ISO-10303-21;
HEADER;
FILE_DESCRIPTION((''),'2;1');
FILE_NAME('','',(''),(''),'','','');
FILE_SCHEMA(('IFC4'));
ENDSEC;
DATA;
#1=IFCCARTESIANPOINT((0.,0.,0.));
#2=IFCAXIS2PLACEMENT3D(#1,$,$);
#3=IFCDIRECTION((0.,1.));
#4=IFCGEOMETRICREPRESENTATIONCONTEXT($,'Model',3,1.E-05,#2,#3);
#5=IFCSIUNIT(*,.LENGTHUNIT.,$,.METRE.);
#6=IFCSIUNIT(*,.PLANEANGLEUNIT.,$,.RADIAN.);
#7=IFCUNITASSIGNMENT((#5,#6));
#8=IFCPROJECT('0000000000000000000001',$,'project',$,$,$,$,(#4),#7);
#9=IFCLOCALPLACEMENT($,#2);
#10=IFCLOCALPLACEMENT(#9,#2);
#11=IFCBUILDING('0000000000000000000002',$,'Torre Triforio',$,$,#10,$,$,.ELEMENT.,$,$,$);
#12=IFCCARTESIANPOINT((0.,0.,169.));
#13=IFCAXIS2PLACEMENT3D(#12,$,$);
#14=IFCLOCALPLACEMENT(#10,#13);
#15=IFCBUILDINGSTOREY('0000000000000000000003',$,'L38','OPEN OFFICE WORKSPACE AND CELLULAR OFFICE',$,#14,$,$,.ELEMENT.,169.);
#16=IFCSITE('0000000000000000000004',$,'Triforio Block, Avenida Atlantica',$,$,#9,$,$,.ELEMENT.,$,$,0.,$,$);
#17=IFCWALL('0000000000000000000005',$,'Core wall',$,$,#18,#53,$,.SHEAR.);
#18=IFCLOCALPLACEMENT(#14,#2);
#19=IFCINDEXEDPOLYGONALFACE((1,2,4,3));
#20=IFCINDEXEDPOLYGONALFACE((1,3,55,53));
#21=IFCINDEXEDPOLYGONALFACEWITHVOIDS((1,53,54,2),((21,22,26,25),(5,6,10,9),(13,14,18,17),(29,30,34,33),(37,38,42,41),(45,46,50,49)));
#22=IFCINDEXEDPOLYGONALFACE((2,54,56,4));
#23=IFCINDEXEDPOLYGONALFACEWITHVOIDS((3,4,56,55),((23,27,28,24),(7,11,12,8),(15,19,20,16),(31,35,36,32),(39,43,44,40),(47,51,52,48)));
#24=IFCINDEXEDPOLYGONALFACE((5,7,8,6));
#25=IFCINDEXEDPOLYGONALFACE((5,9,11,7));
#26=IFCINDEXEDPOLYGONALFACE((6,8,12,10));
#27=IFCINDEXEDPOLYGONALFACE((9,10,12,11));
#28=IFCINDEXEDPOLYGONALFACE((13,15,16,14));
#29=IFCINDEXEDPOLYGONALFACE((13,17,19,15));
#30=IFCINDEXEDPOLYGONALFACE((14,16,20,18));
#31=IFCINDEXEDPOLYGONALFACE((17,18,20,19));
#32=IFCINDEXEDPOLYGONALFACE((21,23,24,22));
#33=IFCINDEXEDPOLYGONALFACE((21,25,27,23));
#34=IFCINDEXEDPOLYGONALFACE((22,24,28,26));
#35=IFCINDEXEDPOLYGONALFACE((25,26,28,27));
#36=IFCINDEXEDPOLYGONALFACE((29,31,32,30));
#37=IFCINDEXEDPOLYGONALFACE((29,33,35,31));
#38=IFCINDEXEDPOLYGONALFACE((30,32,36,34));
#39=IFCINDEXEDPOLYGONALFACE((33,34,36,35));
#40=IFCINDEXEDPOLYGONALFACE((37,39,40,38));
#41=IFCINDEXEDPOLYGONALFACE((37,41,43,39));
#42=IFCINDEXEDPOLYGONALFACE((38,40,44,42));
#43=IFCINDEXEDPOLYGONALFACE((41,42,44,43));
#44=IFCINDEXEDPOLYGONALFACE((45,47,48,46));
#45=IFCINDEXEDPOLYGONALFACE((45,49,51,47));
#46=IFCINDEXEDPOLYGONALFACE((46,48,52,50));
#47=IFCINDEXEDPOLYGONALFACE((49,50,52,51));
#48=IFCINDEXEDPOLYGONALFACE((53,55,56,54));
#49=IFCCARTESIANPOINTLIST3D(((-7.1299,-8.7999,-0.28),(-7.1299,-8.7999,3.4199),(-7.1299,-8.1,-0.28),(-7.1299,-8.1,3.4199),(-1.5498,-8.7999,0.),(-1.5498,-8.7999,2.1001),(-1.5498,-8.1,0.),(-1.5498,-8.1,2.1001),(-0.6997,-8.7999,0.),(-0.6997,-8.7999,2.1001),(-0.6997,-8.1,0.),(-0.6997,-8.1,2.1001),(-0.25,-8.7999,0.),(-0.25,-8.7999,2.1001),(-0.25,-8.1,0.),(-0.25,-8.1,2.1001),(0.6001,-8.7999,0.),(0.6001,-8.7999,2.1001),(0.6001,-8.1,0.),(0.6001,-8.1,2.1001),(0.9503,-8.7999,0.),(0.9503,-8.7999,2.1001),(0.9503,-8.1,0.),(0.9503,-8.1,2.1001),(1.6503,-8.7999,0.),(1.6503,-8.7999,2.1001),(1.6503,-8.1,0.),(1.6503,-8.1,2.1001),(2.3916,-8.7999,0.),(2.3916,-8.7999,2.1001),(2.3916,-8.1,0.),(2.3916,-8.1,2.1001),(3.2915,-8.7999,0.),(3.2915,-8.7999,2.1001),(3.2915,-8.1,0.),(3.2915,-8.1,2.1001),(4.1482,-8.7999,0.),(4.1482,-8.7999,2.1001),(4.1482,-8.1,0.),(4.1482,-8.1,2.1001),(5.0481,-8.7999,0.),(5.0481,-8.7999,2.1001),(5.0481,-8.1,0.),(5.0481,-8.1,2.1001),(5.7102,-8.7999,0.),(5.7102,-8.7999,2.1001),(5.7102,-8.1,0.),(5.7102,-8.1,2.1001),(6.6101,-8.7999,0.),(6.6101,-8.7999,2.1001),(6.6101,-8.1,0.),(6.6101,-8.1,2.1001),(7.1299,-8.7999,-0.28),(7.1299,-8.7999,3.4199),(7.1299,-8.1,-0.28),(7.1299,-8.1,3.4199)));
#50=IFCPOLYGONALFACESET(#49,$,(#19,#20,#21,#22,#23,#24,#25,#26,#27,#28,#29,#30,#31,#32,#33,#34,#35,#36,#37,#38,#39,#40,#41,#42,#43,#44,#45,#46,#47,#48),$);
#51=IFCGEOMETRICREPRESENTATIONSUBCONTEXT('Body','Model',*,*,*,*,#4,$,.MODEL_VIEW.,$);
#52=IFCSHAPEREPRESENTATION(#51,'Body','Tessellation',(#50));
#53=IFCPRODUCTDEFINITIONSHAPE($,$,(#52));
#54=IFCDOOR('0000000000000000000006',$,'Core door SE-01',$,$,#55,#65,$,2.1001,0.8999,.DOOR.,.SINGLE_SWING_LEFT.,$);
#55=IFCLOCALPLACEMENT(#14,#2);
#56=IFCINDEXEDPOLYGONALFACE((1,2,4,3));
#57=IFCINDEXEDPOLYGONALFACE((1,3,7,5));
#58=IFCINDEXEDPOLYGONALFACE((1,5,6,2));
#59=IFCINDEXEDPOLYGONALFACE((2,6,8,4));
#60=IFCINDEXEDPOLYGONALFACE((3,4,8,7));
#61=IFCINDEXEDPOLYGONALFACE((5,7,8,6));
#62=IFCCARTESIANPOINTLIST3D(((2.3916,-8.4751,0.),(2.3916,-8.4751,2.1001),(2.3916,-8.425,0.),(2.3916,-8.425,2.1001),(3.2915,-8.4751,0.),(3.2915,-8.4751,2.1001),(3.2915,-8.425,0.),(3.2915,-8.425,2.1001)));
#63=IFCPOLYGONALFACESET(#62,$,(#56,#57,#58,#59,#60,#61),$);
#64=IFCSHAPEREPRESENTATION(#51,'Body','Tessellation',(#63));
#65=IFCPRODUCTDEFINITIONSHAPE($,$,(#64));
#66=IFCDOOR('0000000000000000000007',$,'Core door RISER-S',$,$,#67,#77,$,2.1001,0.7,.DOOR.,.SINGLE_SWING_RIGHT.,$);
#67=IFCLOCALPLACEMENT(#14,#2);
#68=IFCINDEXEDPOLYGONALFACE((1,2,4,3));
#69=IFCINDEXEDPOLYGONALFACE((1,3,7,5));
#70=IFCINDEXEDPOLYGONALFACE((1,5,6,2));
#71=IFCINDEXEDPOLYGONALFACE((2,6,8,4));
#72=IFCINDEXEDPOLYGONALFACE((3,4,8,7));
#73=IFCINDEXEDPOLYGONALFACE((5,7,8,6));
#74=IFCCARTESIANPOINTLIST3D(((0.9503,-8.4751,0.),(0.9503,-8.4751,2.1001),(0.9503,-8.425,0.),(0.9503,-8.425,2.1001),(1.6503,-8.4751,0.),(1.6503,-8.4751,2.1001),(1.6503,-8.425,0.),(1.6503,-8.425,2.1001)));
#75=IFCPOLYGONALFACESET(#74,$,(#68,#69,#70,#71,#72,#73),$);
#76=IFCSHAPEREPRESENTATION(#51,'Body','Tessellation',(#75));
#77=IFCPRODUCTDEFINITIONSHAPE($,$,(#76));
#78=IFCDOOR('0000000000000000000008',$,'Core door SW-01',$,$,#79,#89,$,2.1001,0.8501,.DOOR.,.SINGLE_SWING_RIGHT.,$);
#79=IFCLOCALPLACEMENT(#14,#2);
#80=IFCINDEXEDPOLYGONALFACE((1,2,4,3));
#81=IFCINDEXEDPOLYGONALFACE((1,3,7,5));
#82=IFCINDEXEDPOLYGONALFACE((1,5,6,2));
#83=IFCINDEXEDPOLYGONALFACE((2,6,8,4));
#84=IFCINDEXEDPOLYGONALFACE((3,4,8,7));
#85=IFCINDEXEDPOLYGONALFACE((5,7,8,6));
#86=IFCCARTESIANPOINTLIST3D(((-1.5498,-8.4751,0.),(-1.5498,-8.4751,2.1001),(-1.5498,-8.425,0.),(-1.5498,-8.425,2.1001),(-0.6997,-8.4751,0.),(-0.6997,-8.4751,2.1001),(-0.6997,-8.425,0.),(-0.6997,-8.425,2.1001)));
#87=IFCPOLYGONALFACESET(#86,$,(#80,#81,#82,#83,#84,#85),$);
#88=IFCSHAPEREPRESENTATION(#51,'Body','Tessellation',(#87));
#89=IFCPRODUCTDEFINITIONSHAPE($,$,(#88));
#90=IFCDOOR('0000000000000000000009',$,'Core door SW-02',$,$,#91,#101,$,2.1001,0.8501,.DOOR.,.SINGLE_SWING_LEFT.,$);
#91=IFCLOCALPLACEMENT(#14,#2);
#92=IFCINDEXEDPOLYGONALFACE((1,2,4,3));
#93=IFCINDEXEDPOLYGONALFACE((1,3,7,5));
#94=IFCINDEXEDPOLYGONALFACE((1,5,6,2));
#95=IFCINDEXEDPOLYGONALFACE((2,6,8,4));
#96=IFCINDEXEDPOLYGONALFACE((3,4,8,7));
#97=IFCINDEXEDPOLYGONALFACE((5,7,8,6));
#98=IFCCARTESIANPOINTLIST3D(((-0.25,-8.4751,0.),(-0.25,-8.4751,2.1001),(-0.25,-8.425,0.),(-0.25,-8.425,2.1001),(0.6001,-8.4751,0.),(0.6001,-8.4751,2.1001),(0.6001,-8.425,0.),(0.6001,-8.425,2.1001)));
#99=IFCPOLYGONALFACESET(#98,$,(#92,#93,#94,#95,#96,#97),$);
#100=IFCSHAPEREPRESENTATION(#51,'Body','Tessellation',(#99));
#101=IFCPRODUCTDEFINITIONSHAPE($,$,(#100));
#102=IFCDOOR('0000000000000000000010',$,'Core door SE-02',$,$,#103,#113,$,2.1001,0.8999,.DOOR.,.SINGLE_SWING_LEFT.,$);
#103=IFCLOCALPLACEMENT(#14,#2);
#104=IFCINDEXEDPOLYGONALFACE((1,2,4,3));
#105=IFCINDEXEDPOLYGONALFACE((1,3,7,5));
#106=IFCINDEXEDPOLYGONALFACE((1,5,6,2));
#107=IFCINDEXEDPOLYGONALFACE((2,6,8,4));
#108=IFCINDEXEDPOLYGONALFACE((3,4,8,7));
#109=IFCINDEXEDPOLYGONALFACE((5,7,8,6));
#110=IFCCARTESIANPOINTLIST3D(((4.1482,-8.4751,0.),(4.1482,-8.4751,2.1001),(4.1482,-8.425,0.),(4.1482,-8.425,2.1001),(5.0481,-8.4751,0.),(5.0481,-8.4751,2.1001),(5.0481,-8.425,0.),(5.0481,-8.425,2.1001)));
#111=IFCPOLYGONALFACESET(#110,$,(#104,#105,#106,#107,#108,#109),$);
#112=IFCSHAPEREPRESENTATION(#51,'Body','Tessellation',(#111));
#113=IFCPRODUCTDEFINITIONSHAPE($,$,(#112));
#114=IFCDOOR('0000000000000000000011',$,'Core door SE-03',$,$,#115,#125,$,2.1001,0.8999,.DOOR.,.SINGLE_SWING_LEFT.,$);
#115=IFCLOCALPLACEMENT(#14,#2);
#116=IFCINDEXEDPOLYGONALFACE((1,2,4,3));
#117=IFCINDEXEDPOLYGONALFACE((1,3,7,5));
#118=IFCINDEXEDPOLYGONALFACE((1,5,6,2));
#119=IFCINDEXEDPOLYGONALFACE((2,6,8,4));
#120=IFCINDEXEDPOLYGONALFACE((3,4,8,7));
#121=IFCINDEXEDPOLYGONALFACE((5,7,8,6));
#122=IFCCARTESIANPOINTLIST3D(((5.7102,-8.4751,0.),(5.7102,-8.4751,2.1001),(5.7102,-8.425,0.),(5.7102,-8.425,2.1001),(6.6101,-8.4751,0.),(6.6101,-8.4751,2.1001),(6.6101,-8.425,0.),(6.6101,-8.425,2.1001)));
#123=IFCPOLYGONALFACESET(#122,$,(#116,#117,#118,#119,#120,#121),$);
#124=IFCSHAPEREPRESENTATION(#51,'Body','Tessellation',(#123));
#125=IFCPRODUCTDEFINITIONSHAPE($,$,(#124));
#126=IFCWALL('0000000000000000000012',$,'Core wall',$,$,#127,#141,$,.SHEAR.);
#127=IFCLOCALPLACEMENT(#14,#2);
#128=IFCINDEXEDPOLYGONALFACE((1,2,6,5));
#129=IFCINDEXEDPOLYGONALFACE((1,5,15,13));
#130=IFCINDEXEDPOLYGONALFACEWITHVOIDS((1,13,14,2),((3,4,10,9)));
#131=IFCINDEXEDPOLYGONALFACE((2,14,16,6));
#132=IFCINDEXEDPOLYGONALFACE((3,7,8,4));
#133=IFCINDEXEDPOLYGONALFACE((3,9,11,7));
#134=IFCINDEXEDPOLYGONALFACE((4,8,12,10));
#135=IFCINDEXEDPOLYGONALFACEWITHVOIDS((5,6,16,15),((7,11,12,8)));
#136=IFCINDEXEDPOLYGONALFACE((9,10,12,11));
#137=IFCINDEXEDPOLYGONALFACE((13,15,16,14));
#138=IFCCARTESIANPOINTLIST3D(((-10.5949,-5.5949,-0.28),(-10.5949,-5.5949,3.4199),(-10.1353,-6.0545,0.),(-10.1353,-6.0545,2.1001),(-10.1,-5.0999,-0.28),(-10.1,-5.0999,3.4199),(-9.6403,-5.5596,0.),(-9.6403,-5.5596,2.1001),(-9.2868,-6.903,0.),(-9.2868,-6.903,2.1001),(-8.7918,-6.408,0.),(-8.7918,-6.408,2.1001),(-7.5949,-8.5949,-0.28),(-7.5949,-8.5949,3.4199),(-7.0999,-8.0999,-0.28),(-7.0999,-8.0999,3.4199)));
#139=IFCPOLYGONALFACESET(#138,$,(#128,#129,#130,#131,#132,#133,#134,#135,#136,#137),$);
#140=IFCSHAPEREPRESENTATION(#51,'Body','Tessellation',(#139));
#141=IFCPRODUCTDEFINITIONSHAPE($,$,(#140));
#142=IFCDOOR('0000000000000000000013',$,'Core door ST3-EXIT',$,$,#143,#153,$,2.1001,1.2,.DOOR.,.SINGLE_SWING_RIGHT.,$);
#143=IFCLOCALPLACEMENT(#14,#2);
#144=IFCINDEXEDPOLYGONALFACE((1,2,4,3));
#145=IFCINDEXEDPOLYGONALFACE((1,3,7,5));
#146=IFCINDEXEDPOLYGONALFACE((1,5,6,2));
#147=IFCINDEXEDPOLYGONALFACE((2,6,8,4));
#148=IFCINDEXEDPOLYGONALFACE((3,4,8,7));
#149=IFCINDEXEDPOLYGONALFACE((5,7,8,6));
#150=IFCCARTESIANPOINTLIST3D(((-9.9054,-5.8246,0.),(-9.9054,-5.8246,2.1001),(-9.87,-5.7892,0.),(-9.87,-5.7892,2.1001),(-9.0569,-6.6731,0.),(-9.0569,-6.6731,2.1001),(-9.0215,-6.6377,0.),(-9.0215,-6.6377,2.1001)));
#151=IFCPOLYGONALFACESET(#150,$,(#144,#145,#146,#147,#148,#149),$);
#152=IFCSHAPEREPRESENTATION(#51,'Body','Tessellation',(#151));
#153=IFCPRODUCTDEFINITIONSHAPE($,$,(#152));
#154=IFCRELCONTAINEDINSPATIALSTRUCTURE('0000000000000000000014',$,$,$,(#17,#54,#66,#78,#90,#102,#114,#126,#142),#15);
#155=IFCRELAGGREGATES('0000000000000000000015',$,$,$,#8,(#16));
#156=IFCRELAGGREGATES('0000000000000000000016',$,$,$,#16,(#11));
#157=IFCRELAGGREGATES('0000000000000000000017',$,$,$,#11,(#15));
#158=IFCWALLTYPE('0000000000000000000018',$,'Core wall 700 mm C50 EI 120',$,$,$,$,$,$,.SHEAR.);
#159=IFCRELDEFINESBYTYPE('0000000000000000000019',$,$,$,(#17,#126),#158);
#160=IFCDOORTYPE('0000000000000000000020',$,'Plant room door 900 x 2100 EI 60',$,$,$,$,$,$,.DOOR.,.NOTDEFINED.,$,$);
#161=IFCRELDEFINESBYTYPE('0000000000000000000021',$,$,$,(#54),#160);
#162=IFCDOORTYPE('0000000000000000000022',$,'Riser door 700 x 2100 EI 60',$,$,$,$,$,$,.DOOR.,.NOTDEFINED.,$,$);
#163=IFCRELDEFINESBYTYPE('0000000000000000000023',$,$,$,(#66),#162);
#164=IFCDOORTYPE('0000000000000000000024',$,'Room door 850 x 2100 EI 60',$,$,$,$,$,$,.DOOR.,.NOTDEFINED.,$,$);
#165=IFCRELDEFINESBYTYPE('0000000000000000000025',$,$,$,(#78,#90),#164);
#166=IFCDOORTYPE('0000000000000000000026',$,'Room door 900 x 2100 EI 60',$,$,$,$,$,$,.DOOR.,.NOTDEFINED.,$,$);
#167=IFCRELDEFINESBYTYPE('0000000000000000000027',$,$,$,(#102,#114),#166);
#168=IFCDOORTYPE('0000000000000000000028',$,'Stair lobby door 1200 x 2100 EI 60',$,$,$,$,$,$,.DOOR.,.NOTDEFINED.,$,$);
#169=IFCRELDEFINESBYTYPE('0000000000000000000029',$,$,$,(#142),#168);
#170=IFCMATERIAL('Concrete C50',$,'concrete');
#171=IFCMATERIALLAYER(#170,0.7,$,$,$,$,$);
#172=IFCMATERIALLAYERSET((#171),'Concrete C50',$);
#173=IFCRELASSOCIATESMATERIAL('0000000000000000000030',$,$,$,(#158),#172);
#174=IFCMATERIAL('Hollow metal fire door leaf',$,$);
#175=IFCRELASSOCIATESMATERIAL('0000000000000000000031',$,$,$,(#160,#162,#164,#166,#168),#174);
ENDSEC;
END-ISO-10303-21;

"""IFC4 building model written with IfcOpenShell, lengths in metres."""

from ifc_helpers import new_model, si_unit, direction, frame, frame_2d, origin, place, context, subcontext, project, spatial, rectangle, extrude, material, layer, layer_set, type_object, element, fill, save


model = new_model("IFC4")

# Units and contexts
model_context = context("Model", 3, precision=1e-05, world=origin(), true_north=direction((0.0, 1.0)))
body_context = subcontext(model_context, "Body", "Model", "MODEL_VIEW")
ifc_project = project(units=[si_unit("LENGTHUNIT", "METRE"), si_unit("PLANEANGLEUNIT", "RADIAN")], contexts=[model_context])

# Site, building, storey
site_placement = place(None, origin())
site = spatial("IfcSite", under=ifc_project, at=site_placement, Name="Triforio Block, Avenida Atlantica", CompositionType="ELEMENT", RefElevation=0.0)
building_placement = place(site_placement, origin())
building = spatial("IfcBuilding", under=site, at=building_placement, Name="Torre Triforio", CompositionType="ELEMENT")
storey_placement = place(building_placement, frame((0.0, 0.0, 169.0)))
storey = spatial("IfcBuildingStorey", under=building, at=storey_placement, Name="L38", Description="OPEN OFFICE WORKSPACE AND CELLULAR OFFICE", CompositionType="ELEMENT", Elevation=169.0)

# Shared definitions
ifc_material_1 = material(Name="Concrete C50", Category="concrete")

# Wall, openings, doors
ifc_layer_1 = layer(ifc_material_1, 0.7)
ifc_layer_set_1 = layer_set([ifc_layer_1], Name="Concrete C50")
wall_type_1 = type_object("IfcWallType", Name="Core wall 700 mm C50 EI 120", PredefinedType="SHEAR", material=ifc_layer_set_1)
wall_1_placement = place(storey_placement, frame((-7.1299, -8.45, -0.28), z_axis=(0.0, 0.0, 1.0), x_axis=(1.0, 0.0, 0.0)))
wall_1 = element("IfcWall", 1, at=wall_1_placement, inside=storey, type_object=wall_type_1, Name="Core wall", PredefinedType="SHEAR", context=body_context, shape_type="SweptSolid", body=[
    extrude(rectangle(XDim=14.2598, YDim=0.7, at=frame_2d((7.1299, 0.0))), origin(), (0.0, 0.0, 1.0), 3.7),
])
opening_1_placement = place(wall_1_placement, frame((8.0801, 0.0, 0.28)))
opening_1 = element("IfcOpeningElement", 2, at=opening_1_placement, cuts=wall_1, PredefinedType="OPENING", context=body_context, shape_type="SweptSolid", body=[
    extrude(rectangle(XDim=0.7, YDim=2.1001, at=frame_2d((0.3501, 1.05))), frame((0.0, 0.3599, 0.0), z_axis=(0.0, -1.0, 0.0), x_axis=(1.0, 0.0, 0.0)), (0.0, 0.0, 1.0), 0.72),
])
opening_2_placement = place(wall_1_placement, frame((5.5801, 0.0, 0.28)))
opening_2 = element("IfcOpeningElement", 3, at=opening_2_placement, cuts=wall_1, PredefinedType="OPENING", context=body_context, shape_type="SweptSolid", body=[
    extrude(rectangle(XDim=0.8501, YDim=2.1001, at=frame_2d((0.425, 1.05))), frame((0.0, 0.3599, 0.0), z_axis=(0.0, -1.0, 0.0), x_axis=(1.0, 0.0, 0.0)), (0.0, 0.0, 1.0), 0.72),
])
opening_3_placement = place(wall_1_placement, frame((6.8799, 0.0, 0.28)))
opening_3 = element("IfcOpeningElement", 4, at=opening_3_placement, cuts=wall_1, PredefinedType="OPENING", context=body_context, shape_type="SweptSolid", body=[
    extrude(rectangle(XDim=0.8501, YDim=2.1001, at=frame_2d((0.425, 1.05))), frame((0.0, 0.3599, 0.0), z_axis=(0.0, -1.0, 0.0), x_axis=(1.0, 0.0, 0.0)), (0.0, 0.0, 1.0), 0.72),
])
opening_4_placement = place(wall_1_placement, frame((9.5215, 0.0, 0.28)))
opening_4 = element("IfcOpeningElement", 5, at=opening_4_placement, cuts=wall_1, PredefinedType="OPENING", context=body_context, shape_type="SweptSolid", body=[
    extrude(rectangle(XDim=0.8999, YDim=2.1001, at=frame_2d((0.45, 1.05))), frame((0.0, 0.3599, 0.0), z_axis=(0.0, -1.0, 0.0), x_axis=(1.0, 0.0, 0.0)), (0.0, 0.0, 1.0), 0.72),
])
opening_5_placement = place(wall_1_placement, frame((11.2781, 0.0, 0.28)))
opening_5 = element("IfcOpeningElement", 6, at=opening_5_placement, cuts=wall_1, PredefinedType="OPENING", context=body_context, shape_type="SweptSolid", body=[
    extrude(rectangle(XDim=0.8999, YDim=2.1001, at=frame_2d((0.45, 1.05))), frame((0.0, 0.3599, 0.0), z_axis=(0.0, -1.0, 0.0), x_axis=(1.0, 0.0, 0.0)), (0.0, 0.0, 1.0), 0.72),
])
opening_6_placement = place(wall_1_placement, frame((12.8401, 0.0, 0.28)))
opening_6 = element("IfcOpeningElement", 7, at=opening_6_placement, cuts=wall_1, PredefinedType="OPENING", context=body_context, shape_type="SweptSolid", body=[
    extrude(rectangle(XDim=0.8999, YDim=2.1001, at=frame_2d((0.45, 1.05))), frame((0.0, 0.3599, 0.0), z_axis=(0.0, -1.0, 0.0), x_axis=(1.0, 0.0, 0.0)), (0.0, 0.0, 1.0), 0.72),
])
ifc_material_2 = material(Name="Hollow metal fire door leaf")
door_type_1 = type_object("IfcDoorType", Name="Plant room door 900 x 2100 EI 60", OperationType="NOTDEFINED", PredefinedType="DOOR", material=ifc_material_2)
door_1_placement = place(opening_4_placement, origin())
door_1 = element("IfcDoor", 8, at=door_1_placement, inside=storey, type_object=door_type_1, Name="Core door SE-01", OperationType="SINGLE_SWING_LEFT", OverallHeight=2.1001, OverallWidth=0.8999, PredefinedType="DOOR", context=body_context, shape_type="SweptSolid", body=[
    extrude(rectangle(XDim=0.8999, YDim=2.1001, at=frame_2d((0.45, 1.05))), frame((0.0, 0.0249, 0.0), z_axis=(0.0, -1.0, 0.0), x_axis=(1.0, 0.0, 0.0)), (0.0, 0.0, 1.0), 0.05),
])
fill(opening_4, door_1)
door_type_2 = type_object("IfcDoorType", Name="Riser door 700 x 2100 EI 60", OperationType="NOTDEFINED", PredefinedType="DOOR", material=ifc_material_2)
door_2_placement = place(opening_1_placement, origin())
door_2 = element("IfcDoor", 9, at=door_2_placement, inside=storey, type_object=door_type_2, Name="Core door RISER-S", OperationType="SINGLE_SWING_RIGHT", OverallHeight=2.1001, OverallWidth=0.7, PredefinedType="DOOR", context=body_context, shape_type="SweptSolid", body=[
    extrude(rectangle(XDim=0.7, YDim=2.1001, at=frame_2d((0.3501, 1.05))), frame((0.0, 0.0249, 0.0), z_axis=(0.0, -1.0, 0.0), x_axis=(1.0, 0.0, 0.0)), (0.0, 0.0, 1.0), 0.05),
])
fill(opening_1, door_2)
door_type_3 = type_object("IfcDoorType", Name="Room door 850 x 2100 EI 60", OperationType="NOTDEFINED", PredefinedType="DOOR", material=ifc_material_2)
door_3_placement = place(opening_2_placement, origin())
door_3 = element("IfcDoor", 10, at=door_3_placement, inside=storey, type_object=door_type_3, Name="Core door SW-01", OperationType="SINGLE_SWING_RIGHT", OverallHeight=2.1001, OverallWidth=0.8501, PredefinedType="DOOR", context=body_context, shape_type="SweptSolid", body=[
    extrude(rectangle(XDim=0.8501, YDim=2.1001, at=frame_2d((0.425, 1.05))), frame((0.0, 0.0249, 0.0), z_axis=(0.0, -1.0, 0.0), x_axis=(1.0, 0.0, 0.0)), (0.0, 0.0, 1.0), 0.05),
])
fill(opening_2, door_3)
door_4_placement = place(opening_3_placement, origin())
door_4 = element("IfcDoor", 11, at=door_4_placement, inside=storey, type_object=door_type_3, Name="Core door SW-02", OperationType="SINGLE_SWING_LEFT", OverallHeight=2.1001, OverallWidth=0.8501, PredefinedType="DOOR", context=body_context, shape_type="SweptSolid", body=[
    extrude(rectangle(XDim=0.8501, YDim=2.1001, at=frame_2d((0.425, 1.05))), frame((0.0, 0.0249, 0.0), z_axis=(0.0, -1.0, 0.0), x_axis=(1.0, 0.0, 0.0)), (0.0, 0.0, 1.0), 0.05),
])
fill(opening_3, door_4)
door_type_4 = type_object("IfcDoorType", Name="Room door 900 x 2100 EI 60", OperationType="NOTDEFINED", PredefinedType="DOOR", material=ifc_material_2)
door_5_placement = place(opening_5_placement, origin())
door_5 = element("IfcDoor", 12, at=door_5_placement, inside=storey, type_object=door_type_4, Name="Core door SE-02", OperationType="SINGLE_SWING_LEFT", OverallHeight=2.1001, OverallWidth=0.8999, PredefinedType="DOOR", context=body_context, shape_type="SweptSolid", body=[
    extrude(rectangle(XDim=0.8999, YDim=2.1001, at=frame_2d((0.45, 1.05))), frame((0.0, 0.0249, 0.0), z_axis=(0.0, -1.0, 0.0), x_axis=(1.0, 0.0, 0.0)), (0.0, 0.0, 1.0), 0.05),
])
fill(opening_5, door_5)
door_6_placement = place(opening_6_placement, origin())
door_6 = element("IfcDoor", 13, at=door_6_placement, inside=storey, type_object=door_type_4, Name="Core door SE-03", OperationType="SINGLE_SWING_LEFT", OverallHeight=2.1001, OverallWidth=0.8999, PredefinedType="DOOR", context=body_context, shape_type="SweptSolid", body=[
    extrude(rectangle(XDim=0.8999, YDim=2.1001, at=frame_2d((0.45, 1.05))), frame((0.0, 0.0249, 0.0), z_axis=(0.0, -1.0, 0.0), x_axis=(1.0, 0.0, 0.0)), (0.0, 0.0, 1.0), 0.05),
])
fill(opening_6, door_6)

# Wall, opening, door
wall_2_placement = place(storey_placement, frame((-7.3474, -8.3474, -0.28), z_axis=(0.0, 0.0, 1.0), x_axis=(-0.707107, 0.707107, 0.0)))
wall_2 = element("IfcWall", 14, at=wall_2_placement, inside=storey, type_object=wall_type_1, Name="Core wall", PredefinedType="SHEAR", context=body_context, shape_type="SweptSolid", body=[
    extrude(rectangle(XDim=4.2427, YDim=0.7, at=frame_2d((2.1213, 0.0))), origin(), (0.0, 0.0, 1.0), 3.7),
])
opening_7_placement = place(wall_2_placement, frame((2.3926, 0.0, 0.28)))
opening_7 = element("IfcOpeningElement", 15, at=opening_7_placement, cuts=wall_2, PredefinedType="OPENING", context=body_context, shape_type="SweptSolid", body=[
    extrude(rectangle(XDim=1.2, YDim=2.1001, at=frame_2d((0.6001, 1.05))), frame((0.0, 0.3599, 0.0), z_axis=(0.0, -1.0, 0.0), x_axis=(1.0, 0.0, 0.0)), (0.0, 0.0, 1.0), 0.72),
])
door_type_5 = type_object("IfcDoorType", Name="Stair lobby door 1200 x 2100 EI 60", OperationType="NOTDEFINED", PredefinedType="DOOR", material=ifc_material_2)
door_7_placement = place(opening_7_placement, origin())
door_7 = element("IfcDoor", 16, at=door_7_placement, inside=storey, type_object=door_type_5, Name="Core door ST3-EXIT", OperationType="SINGLE_SWING_RIGHT", OverallHeight=2.1001, OverallWidth=1.2, PredefinedType="DOOR", context=body_context, shape_type="SweptSolid", body=[
    extrude(rectangle(XDim=1.2, YDim=2.1001, at=frame_2d((0.6001, 1.05))), frame((0.0, 0.0249, 0.0), z_axis=(0.0, -1.0, 0.0), x_axis=(1.0, 0.0, 0.0)), (0.0, 0.0, 1.0), 0.05),
])
fill(opening_7, door_7)

save(model, "model.ifc")
